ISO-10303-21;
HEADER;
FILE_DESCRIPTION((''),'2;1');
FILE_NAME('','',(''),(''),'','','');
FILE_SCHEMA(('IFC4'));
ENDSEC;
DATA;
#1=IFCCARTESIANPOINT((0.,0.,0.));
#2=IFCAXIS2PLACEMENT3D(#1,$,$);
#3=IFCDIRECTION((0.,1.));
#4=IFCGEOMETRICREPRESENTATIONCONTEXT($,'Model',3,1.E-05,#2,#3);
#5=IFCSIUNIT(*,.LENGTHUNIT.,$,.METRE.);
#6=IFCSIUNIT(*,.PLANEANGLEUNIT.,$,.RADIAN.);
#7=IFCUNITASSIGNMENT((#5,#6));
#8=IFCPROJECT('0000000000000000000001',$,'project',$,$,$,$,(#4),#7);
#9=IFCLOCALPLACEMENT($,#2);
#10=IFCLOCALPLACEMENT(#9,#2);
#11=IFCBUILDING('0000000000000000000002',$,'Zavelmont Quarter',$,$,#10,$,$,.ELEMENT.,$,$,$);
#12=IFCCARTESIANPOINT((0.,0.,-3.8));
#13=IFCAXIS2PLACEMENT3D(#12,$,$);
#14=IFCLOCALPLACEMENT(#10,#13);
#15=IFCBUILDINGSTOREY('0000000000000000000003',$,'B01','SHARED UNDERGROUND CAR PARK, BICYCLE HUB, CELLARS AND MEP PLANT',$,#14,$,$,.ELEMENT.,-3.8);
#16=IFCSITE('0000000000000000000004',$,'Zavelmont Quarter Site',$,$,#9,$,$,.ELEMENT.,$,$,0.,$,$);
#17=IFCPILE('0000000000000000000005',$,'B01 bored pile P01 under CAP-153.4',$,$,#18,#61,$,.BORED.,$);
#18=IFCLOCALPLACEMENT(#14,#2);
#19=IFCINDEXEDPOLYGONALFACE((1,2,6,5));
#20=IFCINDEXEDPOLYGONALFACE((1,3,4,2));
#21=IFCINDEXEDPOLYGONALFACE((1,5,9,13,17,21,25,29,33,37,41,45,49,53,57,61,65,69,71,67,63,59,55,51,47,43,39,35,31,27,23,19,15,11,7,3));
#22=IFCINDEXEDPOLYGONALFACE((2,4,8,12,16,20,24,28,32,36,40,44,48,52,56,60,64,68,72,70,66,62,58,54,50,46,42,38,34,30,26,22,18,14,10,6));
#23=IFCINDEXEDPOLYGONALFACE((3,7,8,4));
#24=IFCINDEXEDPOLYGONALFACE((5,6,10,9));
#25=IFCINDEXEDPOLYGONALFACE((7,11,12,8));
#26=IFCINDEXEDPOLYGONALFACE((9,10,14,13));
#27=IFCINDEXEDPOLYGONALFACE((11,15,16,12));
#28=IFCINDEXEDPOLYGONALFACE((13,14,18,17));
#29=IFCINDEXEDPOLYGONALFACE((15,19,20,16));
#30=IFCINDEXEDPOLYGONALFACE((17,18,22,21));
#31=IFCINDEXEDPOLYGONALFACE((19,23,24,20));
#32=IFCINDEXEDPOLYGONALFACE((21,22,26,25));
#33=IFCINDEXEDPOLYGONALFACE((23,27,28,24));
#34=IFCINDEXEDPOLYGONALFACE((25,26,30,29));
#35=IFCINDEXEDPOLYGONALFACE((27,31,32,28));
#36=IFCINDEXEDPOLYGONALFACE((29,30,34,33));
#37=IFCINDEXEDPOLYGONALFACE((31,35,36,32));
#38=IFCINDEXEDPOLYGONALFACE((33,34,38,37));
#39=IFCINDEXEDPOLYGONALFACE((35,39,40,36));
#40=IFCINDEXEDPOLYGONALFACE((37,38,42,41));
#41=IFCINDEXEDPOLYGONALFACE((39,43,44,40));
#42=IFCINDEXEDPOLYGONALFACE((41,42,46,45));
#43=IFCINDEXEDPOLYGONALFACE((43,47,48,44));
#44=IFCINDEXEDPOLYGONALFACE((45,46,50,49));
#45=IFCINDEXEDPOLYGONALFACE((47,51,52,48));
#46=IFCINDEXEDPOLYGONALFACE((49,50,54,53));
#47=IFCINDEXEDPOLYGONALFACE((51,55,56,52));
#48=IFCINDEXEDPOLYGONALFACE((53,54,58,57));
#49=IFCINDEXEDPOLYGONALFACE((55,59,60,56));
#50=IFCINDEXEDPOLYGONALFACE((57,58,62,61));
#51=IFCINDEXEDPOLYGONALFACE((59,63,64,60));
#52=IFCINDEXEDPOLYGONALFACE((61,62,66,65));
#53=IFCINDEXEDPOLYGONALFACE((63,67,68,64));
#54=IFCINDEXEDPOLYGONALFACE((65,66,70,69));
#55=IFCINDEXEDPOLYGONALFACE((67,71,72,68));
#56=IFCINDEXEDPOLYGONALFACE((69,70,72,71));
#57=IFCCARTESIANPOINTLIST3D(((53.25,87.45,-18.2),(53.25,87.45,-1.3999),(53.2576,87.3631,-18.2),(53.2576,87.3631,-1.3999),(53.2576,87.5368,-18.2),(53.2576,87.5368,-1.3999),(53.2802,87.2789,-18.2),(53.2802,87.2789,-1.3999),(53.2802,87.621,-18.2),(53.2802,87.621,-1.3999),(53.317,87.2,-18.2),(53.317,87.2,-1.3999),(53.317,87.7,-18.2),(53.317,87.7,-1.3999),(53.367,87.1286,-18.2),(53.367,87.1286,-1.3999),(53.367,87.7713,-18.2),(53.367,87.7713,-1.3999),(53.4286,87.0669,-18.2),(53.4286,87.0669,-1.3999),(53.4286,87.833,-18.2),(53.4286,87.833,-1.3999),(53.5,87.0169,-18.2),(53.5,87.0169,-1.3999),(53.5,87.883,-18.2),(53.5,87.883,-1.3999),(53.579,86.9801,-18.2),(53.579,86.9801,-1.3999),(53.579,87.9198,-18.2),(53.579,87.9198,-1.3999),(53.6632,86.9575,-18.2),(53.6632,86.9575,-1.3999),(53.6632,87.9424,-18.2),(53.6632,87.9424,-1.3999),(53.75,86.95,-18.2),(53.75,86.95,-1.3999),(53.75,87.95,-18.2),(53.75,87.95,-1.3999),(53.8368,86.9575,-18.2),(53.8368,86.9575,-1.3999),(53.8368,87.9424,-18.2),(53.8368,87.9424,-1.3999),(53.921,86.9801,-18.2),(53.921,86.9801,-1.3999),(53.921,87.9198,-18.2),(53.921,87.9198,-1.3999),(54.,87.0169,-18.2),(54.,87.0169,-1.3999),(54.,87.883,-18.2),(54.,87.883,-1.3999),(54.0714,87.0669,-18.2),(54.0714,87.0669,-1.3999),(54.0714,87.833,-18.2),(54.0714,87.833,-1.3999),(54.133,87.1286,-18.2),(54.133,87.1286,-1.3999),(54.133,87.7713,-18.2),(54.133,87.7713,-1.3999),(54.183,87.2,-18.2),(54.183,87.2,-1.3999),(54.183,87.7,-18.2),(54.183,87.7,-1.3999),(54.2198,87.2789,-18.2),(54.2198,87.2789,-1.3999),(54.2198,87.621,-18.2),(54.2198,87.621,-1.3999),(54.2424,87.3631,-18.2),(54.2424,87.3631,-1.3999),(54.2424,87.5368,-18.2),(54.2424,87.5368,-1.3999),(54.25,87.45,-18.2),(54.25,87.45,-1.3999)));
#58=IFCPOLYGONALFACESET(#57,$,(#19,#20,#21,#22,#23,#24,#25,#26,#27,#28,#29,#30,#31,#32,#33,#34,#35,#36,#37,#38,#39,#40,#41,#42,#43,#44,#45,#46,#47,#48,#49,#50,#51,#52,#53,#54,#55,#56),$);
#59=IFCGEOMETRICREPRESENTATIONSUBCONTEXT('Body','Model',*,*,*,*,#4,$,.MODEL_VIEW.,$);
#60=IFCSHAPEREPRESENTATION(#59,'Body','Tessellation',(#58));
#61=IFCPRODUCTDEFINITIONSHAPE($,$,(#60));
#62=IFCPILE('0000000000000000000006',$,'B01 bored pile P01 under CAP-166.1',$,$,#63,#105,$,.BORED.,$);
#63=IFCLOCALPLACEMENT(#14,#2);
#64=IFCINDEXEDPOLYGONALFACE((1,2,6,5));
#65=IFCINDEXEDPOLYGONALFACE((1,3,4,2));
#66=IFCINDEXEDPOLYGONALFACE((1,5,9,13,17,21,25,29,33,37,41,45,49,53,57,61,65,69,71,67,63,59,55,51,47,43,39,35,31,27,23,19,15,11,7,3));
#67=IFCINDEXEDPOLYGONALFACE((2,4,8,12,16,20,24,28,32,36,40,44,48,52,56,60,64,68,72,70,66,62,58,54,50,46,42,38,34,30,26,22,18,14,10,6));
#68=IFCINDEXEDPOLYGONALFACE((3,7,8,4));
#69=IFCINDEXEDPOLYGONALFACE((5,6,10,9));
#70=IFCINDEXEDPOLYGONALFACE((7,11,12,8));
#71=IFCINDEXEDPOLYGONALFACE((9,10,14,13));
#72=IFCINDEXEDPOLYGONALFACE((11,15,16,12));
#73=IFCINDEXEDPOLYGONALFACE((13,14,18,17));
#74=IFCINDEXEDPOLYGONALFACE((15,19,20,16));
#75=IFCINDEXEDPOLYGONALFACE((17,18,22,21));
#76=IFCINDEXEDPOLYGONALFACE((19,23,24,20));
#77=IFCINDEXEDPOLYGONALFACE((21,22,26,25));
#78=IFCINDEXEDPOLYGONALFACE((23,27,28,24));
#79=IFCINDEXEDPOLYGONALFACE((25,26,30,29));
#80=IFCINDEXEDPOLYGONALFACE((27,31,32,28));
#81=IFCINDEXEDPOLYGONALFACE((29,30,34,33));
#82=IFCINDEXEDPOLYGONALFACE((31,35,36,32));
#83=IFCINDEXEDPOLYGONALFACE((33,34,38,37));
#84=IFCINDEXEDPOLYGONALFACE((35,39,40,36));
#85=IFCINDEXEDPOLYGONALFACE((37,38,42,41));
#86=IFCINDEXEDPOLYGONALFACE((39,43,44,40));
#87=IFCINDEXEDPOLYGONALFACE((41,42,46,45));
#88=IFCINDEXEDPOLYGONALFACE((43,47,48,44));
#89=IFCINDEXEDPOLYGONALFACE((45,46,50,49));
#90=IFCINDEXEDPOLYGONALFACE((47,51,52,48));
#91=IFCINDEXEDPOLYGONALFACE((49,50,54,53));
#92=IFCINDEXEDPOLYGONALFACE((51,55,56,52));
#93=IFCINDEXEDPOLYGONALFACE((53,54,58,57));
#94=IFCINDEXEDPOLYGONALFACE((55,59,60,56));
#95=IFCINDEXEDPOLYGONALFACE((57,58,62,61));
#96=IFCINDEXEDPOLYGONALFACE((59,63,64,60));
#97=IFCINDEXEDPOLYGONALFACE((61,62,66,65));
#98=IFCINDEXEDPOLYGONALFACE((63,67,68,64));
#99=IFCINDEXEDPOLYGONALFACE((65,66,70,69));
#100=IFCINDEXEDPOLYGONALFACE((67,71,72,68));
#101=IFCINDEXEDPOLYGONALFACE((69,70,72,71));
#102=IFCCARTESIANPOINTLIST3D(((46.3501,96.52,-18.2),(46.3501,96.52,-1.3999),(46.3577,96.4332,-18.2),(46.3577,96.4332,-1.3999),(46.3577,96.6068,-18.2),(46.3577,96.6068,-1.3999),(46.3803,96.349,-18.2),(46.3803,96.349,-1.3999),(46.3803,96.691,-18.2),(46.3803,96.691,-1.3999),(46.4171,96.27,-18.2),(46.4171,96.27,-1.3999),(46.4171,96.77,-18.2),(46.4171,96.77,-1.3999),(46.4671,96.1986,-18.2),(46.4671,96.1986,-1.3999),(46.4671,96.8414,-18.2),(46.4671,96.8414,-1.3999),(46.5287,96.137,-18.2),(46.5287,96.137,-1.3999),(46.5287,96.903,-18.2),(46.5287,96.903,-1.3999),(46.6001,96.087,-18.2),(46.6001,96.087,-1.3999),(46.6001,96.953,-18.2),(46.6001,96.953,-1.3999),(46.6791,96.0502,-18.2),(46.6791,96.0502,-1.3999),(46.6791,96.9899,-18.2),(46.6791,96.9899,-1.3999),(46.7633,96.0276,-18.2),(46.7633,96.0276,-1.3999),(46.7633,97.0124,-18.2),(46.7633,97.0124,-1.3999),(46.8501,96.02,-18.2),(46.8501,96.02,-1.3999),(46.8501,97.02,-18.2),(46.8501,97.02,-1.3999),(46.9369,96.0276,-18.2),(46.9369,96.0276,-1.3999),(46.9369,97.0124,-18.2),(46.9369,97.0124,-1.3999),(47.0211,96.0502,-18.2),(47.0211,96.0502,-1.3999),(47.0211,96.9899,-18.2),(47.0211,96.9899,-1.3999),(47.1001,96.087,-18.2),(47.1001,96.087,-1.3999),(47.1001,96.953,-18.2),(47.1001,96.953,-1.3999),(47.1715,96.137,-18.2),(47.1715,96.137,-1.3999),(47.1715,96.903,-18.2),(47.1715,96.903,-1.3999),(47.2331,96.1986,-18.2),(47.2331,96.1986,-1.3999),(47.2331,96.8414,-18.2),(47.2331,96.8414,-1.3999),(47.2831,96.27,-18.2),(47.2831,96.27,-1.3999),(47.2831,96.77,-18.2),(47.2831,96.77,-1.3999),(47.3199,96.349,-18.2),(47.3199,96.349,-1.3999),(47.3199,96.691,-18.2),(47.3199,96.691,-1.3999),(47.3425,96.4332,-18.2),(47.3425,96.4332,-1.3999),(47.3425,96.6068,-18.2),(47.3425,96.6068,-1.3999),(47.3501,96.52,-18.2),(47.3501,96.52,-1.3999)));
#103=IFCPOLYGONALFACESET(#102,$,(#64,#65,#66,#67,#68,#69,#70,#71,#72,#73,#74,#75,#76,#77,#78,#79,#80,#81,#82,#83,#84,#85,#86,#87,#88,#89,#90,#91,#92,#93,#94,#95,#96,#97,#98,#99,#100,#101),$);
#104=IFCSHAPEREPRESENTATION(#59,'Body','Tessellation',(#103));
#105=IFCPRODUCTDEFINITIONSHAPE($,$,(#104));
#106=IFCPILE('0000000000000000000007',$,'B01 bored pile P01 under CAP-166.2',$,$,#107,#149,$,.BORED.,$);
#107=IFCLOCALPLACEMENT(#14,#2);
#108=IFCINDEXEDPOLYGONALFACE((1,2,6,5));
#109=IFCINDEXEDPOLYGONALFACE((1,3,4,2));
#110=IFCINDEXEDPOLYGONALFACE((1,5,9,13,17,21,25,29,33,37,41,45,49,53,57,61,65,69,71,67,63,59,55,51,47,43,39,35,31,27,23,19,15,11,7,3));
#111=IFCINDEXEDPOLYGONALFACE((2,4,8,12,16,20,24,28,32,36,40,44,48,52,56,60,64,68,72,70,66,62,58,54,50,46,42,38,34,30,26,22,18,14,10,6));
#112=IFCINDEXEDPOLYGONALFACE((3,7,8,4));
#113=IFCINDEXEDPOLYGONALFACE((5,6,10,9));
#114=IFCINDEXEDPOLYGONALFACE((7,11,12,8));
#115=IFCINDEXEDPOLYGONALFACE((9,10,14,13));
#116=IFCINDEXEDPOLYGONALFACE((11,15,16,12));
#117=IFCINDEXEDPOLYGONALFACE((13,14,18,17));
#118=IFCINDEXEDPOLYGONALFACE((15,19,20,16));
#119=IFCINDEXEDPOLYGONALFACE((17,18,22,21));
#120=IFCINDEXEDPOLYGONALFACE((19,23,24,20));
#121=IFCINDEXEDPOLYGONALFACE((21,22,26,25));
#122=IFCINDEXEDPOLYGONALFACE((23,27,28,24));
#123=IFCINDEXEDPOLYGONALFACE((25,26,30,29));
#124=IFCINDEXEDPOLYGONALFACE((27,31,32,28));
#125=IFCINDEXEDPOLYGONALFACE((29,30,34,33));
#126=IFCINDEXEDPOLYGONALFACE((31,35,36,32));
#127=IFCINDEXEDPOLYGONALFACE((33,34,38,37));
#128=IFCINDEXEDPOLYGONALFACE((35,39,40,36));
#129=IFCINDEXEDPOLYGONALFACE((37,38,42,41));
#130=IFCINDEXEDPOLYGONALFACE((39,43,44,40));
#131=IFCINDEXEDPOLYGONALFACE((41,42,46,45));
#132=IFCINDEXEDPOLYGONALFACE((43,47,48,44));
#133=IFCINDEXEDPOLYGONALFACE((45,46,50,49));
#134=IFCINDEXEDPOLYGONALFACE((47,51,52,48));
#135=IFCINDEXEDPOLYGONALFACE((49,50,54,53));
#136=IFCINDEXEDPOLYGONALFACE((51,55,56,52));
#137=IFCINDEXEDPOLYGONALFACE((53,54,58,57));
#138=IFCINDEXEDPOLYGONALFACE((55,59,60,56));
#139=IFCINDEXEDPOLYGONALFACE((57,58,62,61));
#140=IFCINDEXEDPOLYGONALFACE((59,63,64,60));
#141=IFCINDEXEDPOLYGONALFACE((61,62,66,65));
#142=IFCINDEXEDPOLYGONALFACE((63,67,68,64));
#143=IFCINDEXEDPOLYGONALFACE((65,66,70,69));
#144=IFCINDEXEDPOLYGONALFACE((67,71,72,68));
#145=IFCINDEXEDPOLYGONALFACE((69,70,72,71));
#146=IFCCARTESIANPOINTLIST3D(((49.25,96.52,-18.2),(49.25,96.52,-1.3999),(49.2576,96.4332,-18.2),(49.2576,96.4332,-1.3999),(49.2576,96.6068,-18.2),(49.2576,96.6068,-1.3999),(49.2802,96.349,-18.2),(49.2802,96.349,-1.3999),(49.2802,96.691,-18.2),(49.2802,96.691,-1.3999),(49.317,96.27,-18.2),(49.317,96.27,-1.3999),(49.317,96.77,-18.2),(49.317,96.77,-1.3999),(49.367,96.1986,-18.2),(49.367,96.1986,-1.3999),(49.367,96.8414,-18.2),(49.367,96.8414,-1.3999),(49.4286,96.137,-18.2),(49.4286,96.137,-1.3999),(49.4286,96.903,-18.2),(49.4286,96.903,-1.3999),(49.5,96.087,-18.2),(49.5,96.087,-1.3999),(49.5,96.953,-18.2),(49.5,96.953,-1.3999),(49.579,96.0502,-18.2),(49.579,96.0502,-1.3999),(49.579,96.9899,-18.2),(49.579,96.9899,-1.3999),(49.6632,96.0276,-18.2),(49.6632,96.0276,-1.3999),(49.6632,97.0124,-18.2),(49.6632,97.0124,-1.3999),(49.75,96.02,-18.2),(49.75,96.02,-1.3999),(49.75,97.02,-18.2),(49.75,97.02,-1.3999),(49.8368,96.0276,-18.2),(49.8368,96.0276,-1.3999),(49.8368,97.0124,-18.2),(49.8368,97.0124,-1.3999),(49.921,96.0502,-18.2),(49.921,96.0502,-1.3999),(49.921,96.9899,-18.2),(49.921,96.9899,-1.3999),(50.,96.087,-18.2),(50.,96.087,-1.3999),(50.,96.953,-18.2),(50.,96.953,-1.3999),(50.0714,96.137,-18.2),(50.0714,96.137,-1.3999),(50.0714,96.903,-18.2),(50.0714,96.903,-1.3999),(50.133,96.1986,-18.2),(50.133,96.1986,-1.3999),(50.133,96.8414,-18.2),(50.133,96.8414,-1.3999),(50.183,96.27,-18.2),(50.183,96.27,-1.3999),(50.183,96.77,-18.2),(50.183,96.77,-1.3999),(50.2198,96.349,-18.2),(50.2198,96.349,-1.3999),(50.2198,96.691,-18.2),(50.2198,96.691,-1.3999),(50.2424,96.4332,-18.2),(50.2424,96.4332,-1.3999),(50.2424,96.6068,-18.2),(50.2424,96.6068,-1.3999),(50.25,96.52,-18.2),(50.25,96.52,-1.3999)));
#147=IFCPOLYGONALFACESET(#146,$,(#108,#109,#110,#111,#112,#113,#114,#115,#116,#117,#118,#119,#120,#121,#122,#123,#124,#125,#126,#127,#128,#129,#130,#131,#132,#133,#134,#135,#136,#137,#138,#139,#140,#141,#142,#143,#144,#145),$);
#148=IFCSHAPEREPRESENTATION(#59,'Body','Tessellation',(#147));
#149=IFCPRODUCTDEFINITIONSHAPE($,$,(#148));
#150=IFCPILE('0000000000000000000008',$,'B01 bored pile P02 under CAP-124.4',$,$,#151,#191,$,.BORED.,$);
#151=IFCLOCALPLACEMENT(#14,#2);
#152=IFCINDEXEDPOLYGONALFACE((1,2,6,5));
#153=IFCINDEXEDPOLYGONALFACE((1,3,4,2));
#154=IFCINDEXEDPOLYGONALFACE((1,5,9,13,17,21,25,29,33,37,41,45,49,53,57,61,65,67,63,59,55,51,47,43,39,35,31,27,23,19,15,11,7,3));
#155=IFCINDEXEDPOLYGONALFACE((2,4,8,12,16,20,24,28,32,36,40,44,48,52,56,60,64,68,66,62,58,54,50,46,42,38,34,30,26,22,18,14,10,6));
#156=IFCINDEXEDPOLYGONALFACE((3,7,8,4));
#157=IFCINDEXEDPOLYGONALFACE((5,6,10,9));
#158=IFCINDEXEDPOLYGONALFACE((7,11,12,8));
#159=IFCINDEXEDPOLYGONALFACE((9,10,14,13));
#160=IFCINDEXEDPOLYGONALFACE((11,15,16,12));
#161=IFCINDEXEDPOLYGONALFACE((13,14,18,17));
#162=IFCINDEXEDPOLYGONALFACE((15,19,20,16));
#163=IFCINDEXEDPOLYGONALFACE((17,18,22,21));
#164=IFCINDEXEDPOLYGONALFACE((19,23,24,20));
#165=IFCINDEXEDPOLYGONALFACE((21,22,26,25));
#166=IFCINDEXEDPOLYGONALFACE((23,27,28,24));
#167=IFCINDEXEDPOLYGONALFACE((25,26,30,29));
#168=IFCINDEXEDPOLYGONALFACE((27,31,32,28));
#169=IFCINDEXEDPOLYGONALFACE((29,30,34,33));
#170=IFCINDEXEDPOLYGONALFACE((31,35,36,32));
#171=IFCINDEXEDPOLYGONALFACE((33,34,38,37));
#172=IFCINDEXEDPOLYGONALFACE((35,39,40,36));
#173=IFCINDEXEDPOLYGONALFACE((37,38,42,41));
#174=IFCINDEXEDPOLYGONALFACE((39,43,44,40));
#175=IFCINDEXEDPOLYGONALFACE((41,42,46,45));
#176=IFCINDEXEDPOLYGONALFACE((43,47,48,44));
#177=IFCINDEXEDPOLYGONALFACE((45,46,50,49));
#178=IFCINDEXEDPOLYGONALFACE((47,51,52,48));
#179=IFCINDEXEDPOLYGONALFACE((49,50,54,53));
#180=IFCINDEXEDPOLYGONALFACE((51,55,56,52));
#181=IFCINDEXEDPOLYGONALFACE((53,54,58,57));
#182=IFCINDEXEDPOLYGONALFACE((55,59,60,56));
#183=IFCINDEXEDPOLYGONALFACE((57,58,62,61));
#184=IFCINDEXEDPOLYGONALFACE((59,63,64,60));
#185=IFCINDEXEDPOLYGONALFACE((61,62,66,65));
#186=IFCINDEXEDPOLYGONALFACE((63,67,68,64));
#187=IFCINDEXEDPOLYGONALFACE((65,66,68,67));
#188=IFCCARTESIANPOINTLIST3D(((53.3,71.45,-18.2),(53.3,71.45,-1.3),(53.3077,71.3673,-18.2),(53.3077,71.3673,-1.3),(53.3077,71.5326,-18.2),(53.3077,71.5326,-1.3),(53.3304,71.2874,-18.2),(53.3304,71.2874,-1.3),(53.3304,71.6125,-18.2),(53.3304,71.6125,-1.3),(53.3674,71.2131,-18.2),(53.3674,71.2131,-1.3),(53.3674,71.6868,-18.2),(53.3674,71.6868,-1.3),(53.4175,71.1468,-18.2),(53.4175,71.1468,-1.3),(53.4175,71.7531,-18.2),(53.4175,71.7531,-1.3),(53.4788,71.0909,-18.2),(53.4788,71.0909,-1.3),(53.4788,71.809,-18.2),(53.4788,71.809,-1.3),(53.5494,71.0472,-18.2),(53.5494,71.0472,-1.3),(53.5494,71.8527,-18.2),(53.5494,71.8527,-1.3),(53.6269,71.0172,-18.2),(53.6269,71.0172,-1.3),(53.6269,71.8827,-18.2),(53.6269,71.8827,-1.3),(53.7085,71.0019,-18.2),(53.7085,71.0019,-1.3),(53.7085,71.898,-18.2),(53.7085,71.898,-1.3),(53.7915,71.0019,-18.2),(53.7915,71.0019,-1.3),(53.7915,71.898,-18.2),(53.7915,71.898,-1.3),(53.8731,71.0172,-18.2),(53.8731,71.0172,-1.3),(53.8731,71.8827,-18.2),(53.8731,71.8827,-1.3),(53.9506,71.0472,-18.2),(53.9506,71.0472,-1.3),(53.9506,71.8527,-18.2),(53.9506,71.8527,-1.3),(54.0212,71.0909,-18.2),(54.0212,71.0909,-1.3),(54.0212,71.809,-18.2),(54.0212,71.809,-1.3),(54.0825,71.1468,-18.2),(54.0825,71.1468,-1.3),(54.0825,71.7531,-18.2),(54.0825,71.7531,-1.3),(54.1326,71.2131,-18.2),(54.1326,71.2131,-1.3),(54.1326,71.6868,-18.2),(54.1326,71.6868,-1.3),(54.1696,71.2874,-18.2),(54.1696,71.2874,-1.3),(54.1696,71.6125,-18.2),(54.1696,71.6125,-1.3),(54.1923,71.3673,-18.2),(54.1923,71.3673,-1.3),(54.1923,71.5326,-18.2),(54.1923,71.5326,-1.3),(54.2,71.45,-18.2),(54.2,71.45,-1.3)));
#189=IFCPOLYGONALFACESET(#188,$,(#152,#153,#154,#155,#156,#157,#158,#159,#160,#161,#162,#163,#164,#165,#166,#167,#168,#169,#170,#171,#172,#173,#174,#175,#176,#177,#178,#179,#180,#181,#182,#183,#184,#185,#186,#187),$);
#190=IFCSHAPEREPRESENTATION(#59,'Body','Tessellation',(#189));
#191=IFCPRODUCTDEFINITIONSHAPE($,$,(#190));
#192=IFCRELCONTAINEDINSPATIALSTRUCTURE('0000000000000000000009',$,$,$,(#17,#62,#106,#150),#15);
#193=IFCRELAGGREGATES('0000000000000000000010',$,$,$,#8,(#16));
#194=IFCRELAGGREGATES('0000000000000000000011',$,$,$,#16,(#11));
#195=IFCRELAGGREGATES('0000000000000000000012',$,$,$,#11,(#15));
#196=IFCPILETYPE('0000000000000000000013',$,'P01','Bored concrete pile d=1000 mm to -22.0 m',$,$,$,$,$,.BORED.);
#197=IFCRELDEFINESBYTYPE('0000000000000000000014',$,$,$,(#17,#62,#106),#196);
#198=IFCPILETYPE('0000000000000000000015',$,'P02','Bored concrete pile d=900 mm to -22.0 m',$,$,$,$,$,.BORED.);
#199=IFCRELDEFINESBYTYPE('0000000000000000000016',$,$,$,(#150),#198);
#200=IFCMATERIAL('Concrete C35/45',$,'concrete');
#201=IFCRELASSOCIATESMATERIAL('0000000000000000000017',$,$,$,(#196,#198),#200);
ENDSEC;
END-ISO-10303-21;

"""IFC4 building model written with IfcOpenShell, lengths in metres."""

from ifc_helpers import new_model, si_unit, direction, frame, origin, origin_2d, place, context, subcontext, project, spatial, circle, extrude, material, material_profile, profile_set, type_object, element, save


model = new_model("IFC4")

# Units and contexts
model_context = context("Model", 3, precision=1e-05, world=origin(), true_north=direction((0.0, 1.0)))
body_context = subcontext(model_context, "Body", "Model", "MODEL_VIEW")
ifc_project = project(units=[si_unit("LENGTHUNIT", "METRE"), si_unit("PLANEANGLEUNIT", "RADIAN")], contexts=[model_context])

# Site, building, storey
site_placement = place(None, origin())
site = spatial("IfcSite", under=ifc_project, at=site_placement, Name="Zavelmont Quarter Site", CompositionType="ELEMENT", RefElevation=0.0)
building_placement = place(site_placement, origin())
building = spatial("IfcBuilding", under=site, at=building_placement, Name="Zavelmont Quarter", CompositionType="ELEMENT")
storey_placement = place(building_placement, frame((0.0, 0.0, -3.8)))
storey = spatial("IfcBuildingStorey", under=building, at=storey_placement, Name="B01", Description="SHARED UNDERGROUND CAR PARK, BICYCLE HUB, CELLARS AND MEP PLANT", CompositionType="ELEMENT", Elevation=-3.8)

# Shared definitions
ifc_material = material(Name="Concrete C35/45", Category="concrete")

# Piles
ifc_material_profile_1 = material_profile(ifc_material, circle(Radius=0.5, at=origin_2d()), Name="BP1000")
ifc_profile_set_1 = profile_set([ifc_material_profile_1], Name="Concrete C35/45")
pile_type_1 = type_object("IfcPileType", Name="P01", Description="Bored concrete pile d=1000 mm to -22.0 m", PredefinedType="BORED", material=ifc_profile_set_1)
for number, where, z_axis, x_axis, name in (
    (1, (53.75, 87.45, -1.3999), (0.0, 0.0, -1.0), (1.0, 0.0, 0.0), "B01 bored pile P01 under CAP-153.4"),
    (2, (46.8501, 96.52, -1.3999), (0.0, 0.0, -1.0), (1.0, 0.0, 0.0), "B01 bored pile P01 under CAP-166.1"),
    (3, (49.75, 96.52, -1.3999), (0.0, 0.0, -1.0), (1.0, 0.0, 0.0), "B01 bored pile P01 under CAP-166.2"),
):
    element("IfcPile", number, at=place(storey_placement, frame(where, z_axis=z_axis, x_axis=x_axis)), inside=storey, type_object=pile_type_1, Name=name, PredefinedType="BORED", context=body_context, shape_type="SweptSolid", body=[
        extrude(circle(Radius=0.5, at=origin_2d()), origin(), (0.0, 0.0, 1.0), 16.8),
    ])
ifc_material_profile_2 = material_profile(ifc_material, circle(Radius=0.45, at=origin_2d()), Name="BP900")
ifc_profile_set_2 = profile_set([ifc_material_profile_2], Name="Concrete C35/45")
pile_type_2 = type_object("IfcPileType", Name="P02", Description="Bored concrete pile d=900 mm to -22.0 m", PredefinedType="BORED", material=ifc_profile_set_2)
for number, where, z_axis, x_axis, name in (
    (4, (53.75, 71.45, -1.3), (0.0, 0.0, -1.0), (1.0, 0.0, 0.0), "B01 bored pile P02 under CAP-124.4"),
):
    element("IfcPile", number, at=place(storey_placement, frame(where, z_axis=z_axis, x_axis=x_axis)), inside=storey, type_object=pile_type_2, Name=name, PredefinedType="BORED", context=body_context, shape_type="SweptSolid", body=[
        extrude(circle(Radius=0.45, at=origin_2d()), origin(), (0.0, 0.0, 1.0), 16.8999),
    ])

save(model, "model.ifc")
